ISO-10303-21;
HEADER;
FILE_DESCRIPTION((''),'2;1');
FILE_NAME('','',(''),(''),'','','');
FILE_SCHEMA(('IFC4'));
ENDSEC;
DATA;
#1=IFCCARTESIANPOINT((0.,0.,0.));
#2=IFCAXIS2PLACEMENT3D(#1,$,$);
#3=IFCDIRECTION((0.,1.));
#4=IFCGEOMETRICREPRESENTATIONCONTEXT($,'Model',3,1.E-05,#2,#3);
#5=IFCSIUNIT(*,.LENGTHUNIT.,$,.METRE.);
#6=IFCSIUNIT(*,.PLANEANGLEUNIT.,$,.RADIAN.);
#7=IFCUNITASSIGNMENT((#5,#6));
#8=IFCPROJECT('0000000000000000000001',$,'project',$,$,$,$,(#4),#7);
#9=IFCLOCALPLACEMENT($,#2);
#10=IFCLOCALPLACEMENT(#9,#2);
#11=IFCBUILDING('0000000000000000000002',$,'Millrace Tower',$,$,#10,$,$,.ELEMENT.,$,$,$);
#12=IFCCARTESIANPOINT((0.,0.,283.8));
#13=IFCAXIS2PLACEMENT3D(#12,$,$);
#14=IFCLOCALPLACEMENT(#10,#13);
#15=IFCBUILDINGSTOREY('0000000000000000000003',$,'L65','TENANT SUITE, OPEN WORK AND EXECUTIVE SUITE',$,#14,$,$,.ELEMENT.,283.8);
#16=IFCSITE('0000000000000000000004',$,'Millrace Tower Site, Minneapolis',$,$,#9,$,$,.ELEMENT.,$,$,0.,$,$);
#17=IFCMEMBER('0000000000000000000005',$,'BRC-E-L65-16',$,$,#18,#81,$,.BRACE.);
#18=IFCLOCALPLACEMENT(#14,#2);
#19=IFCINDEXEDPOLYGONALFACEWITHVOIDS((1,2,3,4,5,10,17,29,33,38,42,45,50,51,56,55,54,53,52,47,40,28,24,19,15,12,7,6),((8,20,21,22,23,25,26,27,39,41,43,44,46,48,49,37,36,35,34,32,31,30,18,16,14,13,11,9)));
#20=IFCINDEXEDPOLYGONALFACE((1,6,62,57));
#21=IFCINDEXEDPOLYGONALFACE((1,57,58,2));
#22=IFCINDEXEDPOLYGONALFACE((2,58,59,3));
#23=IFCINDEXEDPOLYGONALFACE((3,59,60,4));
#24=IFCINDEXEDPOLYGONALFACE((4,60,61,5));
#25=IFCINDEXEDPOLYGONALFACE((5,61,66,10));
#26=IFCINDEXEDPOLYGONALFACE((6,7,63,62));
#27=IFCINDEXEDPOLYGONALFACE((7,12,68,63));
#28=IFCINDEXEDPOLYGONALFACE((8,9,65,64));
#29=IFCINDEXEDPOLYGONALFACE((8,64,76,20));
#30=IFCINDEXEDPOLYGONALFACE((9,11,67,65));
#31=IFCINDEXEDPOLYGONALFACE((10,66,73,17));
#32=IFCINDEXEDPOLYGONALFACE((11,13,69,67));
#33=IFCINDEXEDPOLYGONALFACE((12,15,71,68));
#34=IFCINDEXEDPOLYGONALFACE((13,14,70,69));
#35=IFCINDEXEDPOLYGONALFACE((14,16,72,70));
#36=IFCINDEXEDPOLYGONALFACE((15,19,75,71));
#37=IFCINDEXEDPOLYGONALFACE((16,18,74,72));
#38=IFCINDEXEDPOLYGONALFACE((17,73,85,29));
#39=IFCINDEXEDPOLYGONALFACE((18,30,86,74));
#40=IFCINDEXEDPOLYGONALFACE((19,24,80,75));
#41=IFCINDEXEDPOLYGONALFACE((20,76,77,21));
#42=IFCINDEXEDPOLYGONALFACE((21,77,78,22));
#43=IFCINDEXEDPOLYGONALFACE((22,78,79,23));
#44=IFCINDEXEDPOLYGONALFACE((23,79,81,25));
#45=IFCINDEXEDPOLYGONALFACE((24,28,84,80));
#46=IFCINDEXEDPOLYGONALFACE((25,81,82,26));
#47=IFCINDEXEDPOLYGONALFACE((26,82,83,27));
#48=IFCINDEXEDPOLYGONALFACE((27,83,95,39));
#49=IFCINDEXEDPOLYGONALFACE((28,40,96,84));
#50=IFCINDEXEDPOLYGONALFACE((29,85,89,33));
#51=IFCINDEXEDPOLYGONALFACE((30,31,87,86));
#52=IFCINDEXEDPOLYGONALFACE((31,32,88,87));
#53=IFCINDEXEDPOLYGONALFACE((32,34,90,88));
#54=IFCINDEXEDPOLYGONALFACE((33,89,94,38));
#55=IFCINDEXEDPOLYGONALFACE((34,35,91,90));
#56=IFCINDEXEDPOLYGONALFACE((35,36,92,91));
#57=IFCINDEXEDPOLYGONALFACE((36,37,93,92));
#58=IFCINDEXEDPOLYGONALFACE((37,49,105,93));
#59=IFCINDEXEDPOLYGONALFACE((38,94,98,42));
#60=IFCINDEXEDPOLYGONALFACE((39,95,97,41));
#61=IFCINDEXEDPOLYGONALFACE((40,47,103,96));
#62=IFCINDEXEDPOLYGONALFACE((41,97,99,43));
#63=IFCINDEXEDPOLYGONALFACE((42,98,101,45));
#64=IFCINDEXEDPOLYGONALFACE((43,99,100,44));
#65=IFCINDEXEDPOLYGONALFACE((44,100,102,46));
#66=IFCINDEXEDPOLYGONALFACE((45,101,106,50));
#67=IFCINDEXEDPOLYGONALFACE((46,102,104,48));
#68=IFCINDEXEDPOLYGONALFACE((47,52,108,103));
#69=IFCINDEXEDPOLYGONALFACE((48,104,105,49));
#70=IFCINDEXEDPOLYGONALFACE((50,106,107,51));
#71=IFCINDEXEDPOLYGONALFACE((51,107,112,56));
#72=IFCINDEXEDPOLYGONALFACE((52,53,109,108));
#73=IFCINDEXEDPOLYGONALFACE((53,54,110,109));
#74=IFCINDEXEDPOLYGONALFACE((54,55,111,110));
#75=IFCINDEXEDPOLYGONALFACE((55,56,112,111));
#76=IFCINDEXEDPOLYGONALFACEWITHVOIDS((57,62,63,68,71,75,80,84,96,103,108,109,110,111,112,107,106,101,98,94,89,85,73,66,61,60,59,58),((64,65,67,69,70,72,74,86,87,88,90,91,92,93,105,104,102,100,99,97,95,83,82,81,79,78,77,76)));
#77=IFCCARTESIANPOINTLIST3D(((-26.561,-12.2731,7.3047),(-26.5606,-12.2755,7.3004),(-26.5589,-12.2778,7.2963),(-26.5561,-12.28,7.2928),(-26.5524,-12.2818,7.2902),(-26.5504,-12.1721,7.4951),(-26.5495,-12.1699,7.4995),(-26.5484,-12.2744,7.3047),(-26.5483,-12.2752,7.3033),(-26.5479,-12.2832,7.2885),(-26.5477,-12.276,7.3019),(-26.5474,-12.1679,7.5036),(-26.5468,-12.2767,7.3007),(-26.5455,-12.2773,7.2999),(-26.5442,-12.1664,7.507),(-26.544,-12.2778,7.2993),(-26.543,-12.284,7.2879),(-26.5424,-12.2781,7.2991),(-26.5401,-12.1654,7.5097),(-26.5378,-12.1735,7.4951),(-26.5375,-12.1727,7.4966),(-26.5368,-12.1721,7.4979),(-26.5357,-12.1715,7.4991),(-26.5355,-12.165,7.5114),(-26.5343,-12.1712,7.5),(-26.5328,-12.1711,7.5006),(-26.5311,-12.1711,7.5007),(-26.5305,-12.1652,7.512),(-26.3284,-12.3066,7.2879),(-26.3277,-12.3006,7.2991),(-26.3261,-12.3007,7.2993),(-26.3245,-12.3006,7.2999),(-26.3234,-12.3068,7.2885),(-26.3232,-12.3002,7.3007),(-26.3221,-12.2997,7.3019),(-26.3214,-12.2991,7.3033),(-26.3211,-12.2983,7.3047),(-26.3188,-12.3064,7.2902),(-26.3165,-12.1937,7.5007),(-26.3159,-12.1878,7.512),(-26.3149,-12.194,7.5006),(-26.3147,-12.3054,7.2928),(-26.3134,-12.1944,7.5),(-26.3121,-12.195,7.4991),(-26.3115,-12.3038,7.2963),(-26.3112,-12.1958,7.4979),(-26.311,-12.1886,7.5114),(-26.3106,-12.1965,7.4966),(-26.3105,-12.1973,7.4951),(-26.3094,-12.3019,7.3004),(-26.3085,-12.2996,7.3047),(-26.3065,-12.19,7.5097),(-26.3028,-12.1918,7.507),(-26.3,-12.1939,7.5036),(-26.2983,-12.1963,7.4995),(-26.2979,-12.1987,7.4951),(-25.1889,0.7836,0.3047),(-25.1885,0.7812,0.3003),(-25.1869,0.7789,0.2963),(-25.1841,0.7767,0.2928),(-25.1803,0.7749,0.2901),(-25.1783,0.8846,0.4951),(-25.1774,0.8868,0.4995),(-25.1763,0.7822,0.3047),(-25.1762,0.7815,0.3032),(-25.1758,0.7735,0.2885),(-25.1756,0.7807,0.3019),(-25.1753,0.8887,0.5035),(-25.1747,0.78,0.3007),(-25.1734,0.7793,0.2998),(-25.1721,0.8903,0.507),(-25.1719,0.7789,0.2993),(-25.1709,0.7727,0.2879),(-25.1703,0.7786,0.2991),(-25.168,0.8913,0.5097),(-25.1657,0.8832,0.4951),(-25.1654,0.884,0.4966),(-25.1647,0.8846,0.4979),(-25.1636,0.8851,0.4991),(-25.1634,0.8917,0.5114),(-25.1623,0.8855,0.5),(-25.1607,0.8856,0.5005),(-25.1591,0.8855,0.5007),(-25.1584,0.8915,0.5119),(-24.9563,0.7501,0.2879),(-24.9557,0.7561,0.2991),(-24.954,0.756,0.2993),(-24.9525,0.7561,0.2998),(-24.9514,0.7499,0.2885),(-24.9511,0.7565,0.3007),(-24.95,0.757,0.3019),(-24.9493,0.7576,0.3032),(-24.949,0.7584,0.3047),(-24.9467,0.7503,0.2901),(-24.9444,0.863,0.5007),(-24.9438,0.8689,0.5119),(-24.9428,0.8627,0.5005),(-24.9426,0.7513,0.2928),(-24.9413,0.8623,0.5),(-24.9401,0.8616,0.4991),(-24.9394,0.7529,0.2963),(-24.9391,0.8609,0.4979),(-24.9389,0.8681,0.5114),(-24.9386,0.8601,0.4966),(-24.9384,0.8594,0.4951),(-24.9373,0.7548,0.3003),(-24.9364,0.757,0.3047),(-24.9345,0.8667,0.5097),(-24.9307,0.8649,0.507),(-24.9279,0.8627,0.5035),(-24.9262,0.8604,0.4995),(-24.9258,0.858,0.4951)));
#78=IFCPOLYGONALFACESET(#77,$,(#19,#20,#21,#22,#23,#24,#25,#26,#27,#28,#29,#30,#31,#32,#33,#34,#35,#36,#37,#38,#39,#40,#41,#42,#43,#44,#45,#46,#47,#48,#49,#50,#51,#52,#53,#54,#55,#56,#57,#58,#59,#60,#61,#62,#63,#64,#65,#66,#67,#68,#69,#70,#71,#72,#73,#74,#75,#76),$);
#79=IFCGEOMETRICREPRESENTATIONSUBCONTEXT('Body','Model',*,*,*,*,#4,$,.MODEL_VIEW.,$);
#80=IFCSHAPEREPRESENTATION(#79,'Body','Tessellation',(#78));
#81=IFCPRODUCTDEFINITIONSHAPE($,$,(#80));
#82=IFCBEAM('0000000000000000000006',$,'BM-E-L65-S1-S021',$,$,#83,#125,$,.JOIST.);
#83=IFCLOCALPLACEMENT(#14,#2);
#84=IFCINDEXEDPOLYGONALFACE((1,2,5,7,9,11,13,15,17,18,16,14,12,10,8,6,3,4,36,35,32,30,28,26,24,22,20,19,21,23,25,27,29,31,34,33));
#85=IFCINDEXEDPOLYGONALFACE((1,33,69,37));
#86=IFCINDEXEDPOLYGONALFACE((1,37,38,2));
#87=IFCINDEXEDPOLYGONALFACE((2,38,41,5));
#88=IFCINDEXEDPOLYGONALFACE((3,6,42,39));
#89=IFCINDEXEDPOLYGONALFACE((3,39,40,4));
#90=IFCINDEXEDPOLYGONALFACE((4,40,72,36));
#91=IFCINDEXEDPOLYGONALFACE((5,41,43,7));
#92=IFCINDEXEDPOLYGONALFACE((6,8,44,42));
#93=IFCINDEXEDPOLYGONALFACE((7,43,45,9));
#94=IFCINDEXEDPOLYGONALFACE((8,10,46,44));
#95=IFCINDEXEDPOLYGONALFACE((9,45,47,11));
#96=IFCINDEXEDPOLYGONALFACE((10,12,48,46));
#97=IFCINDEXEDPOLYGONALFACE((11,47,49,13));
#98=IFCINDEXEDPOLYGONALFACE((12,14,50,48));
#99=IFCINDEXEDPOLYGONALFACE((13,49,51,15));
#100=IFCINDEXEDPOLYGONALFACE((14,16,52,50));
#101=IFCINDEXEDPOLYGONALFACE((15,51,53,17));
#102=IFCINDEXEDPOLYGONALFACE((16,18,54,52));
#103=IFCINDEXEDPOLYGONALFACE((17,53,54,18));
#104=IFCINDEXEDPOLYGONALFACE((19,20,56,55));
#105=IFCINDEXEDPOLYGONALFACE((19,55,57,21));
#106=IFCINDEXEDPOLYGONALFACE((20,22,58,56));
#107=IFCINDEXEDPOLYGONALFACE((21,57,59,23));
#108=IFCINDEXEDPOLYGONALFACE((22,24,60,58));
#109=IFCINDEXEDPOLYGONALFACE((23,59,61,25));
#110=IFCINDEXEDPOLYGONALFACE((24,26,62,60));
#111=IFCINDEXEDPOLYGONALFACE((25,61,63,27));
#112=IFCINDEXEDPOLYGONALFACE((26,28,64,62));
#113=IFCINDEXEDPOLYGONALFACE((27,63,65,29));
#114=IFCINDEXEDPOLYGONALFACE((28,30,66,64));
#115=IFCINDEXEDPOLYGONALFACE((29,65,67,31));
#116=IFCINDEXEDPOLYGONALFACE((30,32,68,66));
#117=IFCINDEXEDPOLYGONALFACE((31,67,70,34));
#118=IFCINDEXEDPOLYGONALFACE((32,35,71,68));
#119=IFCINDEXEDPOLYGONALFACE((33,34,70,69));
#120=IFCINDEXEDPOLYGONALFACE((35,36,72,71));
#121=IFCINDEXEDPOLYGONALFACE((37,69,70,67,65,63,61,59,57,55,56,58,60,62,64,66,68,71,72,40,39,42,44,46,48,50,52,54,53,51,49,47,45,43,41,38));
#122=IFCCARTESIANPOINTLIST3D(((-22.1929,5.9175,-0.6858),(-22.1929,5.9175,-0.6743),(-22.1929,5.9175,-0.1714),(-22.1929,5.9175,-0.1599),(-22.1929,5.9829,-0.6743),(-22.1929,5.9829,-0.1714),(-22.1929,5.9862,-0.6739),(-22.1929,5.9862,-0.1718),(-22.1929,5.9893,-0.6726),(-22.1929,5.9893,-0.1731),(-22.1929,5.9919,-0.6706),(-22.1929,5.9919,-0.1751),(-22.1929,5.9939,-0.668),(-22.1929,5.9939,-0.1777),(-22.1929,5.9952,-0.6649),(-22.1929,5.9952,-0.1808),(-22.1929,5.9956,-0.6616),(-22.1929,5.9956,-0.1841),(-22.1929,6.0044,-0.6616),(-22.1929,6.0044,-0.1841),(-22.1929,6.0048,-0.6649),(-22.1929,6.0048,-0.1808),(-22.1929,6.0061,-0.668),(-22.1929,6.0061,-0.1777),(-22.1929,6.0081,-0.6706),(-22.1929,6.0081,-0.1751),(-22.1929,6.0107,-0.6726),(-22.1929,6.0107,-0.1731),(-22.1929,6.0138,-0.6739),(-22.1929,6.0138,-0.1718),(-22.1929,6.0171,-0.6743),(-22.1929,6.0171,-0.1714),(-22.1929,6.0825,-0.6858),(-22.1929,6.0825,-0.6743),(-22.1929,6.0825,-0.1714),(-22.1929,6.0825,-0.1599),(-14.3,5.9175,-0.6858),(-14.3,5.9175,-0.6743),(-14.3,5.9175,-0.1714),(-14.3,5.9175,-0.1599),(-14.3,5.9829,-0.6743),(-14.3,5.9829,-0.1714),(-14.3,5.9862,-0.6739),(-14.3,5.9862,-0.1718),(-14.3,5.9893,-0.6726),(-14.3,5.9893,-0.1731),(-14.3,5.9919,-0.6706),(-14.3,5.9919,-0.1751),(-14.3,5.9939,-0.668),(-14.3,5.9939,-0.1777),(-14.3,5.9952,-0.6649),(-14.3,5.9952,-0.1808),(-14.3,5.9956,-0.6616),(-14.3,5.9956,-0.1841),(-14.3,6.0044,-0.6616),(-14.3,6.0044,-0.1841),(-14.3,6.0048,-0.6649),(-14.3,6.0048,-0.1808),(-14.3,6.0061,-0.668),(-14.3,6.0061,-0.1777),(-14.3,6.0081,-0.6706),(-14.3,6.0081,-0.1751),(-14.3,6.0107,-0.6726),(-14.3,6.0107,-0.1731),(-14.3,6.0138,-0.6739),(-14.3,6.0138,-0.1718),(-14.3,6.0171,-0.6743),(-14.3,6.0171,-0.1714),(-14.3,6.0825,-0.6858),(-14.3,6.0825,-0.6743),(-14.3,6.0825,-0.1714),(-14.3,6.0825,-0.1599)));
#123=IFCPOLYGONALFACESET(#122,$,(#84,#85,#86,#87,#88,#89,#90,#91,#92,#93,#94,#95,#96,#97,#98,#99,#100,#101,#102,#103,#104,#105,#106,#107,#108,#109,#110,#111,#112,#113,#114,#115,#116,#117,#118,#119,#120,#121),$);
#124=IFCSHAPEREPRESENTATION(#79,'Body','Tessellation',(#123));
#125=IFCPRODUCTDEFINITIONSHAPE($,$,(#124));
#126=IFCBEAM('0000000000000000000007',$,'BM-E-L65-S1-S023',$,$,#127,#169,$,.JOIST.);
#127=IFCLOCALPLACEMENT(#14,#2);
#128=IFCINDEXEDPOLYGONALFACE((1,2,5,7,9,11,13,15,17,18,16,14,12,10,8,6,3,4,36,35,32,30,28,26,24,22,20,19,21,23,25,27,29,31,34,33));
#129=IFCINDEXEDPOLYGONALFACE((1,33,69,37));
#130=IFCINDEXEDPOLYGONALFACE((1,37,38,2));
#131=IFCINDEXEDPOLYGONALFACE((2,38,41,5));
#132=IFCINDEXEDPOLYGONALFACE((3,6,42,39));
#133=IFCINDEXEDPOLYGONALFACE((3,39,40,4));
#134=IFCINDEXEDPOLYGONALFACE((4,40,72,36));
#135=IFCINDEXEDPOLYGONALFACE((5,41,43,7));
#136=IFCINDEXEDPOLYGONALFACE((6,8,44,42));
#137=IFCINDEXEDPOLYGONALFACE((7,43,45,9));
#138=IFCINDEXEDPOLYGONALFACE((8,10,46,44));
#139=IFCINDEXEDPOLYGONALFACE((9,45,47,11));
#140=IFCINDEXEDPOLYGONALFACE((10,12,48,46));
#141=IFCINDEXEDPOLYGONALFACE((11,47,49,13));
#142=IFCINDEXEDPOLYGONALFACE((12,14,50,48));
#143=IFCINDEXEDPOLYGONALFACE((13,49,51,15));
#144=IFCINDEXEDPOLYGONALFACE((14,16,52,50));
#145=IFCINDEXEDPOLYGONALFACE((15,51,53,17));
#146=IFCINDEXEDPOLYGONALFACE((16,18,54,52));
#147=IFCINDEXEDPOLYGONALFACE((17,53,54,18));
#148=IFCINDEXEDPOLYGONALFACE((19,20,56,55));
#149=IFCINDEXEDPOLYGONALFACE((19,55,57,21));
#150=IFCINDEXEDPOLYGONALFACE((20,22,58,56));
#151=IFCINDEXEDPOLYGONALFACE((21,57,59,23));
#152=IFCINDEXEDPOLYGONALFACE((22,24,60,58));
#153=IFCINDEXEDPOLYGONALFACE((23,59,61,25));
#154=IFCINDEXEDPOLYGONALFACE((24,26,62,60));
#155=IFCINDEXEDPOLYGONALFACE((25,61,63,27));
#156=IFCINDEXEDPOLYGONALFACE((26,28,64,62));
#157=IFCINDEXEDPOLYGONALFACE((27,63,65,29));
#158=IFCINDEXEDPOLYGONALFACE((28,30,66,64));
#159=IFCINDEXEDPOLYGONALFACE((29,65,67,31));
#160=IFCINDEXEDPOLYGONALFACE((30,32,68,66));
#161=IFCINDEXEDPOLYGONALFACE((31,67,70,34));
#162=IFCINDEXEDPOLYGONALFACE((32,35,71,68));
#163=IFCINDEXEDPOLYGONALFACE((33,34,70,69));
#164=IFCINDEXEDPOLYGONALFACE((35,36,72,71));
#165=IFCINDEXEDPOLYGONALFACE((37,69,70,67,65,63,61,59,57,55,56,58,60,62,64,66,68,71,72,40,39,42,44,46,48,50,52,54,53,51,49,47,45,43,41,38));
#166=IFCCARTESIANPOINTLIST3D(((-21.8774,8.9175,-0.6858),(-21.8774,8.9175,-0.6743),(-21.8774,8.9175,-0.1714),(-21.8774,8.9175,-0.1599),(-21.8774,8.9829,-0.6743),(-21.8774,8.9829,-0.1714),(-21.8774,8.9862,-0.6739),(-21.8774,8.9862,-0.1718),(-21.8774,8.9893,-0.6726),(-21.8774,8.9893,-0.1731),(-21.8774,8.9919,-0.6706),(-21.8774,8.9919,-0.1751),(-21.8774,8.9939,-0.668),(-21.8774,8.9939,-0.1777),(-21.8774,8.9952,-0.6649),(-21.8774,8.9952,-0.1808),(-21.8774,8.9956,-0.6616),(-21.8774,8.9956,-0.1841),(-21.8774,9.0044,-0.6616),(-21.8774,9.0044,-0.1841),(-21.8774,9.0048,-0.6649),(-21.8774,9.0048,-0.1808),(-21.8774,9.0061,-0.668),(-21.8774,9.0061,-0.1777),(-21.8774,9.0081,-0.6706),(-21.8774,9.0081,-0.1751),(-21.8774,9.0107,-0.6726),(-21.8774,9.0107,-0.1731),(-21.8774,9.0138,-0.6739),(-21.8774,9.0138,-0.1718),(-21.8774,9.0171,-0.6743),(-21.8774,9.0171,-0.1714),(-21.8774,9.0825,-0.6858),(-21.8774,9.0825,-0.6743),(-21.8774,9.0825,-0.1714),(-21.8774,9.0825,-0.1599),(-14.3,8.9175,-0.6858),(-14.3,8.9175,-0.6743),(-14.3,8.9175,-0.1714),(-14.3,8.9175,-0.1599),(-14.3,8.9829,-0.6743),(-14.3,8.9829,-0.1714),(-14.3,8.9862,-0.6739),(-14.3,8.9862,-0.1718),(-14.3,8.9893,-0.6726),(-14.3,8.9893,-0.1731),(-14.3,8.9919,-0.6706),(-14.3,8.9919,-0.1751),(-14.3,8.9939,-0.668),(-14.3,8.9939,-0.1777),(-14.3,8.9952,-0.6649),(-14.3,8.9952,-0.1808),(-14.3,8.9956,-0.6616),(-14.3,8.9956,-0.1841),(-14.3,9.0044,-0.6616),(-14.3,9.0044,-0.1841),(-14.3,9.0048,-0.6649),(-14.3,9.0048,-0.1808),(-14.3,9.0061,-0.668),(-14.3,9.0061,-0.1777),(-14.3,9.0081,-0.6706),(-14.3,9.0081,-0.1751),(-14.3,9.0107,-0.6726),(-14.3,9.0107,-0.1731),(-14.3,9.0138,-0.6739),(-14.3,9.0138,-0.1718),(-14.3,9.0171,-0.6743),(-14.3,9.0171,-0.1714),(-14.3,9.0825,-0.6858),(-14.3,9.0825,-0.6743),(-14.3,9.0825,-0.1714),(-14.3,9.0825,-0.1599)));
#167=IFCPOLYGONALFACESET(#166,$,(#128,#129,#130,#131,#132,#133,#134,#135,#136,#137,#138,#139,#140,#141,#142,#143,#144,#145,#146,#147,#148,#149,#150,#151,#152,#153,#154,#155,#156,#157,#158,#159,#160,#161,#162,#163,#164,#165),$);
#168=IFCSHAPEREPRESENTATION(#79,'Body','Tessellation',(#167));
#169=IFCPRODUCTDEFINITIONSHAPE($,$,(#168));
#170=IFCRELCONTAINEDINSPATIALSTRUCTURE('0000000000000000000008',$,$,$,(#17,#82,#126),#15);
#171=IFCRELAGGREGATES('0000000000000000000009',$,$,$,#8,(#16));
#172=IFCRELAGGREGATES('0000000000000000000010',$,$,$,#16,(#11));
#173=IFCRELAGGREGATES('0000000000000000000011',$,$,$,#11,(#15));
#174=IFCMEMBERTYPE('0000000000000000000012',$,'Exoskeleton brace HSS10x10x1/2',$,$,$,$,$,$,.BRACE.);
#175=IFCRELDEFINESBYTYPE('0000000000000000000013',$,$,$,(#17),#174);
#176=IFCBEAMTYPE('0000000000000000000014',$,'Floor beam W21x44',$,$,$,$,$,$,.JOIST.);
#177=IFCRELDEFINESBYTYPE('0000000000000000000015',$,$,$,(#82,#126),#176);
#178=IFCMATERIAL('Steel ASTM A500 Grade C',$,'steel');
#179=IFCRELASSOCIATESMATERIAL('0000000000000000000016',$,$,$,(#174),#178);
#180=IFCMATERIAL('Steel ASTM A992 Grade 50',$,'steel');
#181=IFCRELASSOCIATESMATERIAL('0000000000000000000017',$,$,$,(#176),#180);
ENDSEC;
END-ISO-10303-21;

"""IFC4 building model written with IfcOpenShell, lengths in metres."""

from ifc_helpers import new_model, si_unit, direction, frame, origin, origin_2d, place, context, subcontext, project, spatial, hollow_rectangle, i_section, extrude, material, material_profile, profile_set, type_object, element, save


model = new_model("IFC4")

# Units and contexts
model_context = context("Model", 3, precision=1e-05, world=origin(), true_north=direction((0.0, 1.0)))
body_context = subcontext(model_context, "Body", "Model", "MODEL_VIEW")
ifc_project = project(units=[si_unit("LENGTHUNIT", "METRE"), si_unit("PLANEANGLEUNIT", "RADIAN")], contexts=[model_context])

# Site, building, storey
site_placement = place(None, origin())
site = spatial("IfcSite", under=ifc_project, at=site_placement, Name="Millrace Tower Site, Minneapolis", CompositionType="ELEMENT", RefElevation=0.0)
building_placement = place(site_placement, origin())
building = spatial("IfcBuilding", under=site, at=building_placement, Name="Millrace Tower", CompositionType="ELEMENT")
storey_placement = place(building_placement, frame((0.0, 0.0, 283.8)))
storey = spatial("IfcBuildingStorey", under=building, at=storey_placement, Name="L65", Description="TENANT SUITE, OPEN WORK AND EXECUTIVE SUITE", CompositionType="ELEMENT", Elevation=283.8)

# Member
ifc_material_1 = material(Name="Steel ASTM A500 Grade C", Category="steel")
ifc_material_profile_1 = material_profile(ifc_material_1, hollow_rectangle(XDim=0.2539, YDim=0.2539, WallThickness=0.0127, InnerFilletRadius=0.0063, OuterFilletRadius=0.019, at=origin_2d()))
ifc_profile_set_1 = profile_set([ifc_material_profile_1], Name="Steel ASTM A500 Grade C")
member_type_1 = type_object("IfcMemberType", Name="Exoskeleton brace HSS10x10x1/2", PredefinedType="BRACE", material=ifc_profile_set_1)
member_1_placement = place(storey_placement, frame((-25.0574, 0.8208, 0.3999), z_axis=(-0.092221, -0.877573, 0.47049), x_axis=(0.994524, -0.104511, 0.0)))
element("IfcMember", 1, at=member_1_placement, inside=storey, type_object=member_type_1, Name="BRC-E-L65-16", PredefinedType="BRACE", context=body_context, shape_type="SweptSolid", body=[
    extrude(hollow_rectangle(XDim=0.2539, YDim=0.2539, WallThickness=0.0127, InnerFilletRadius=0.0063, OuterFilletRadius=0.019, at=origin_2d()), origin(), (0.0, 0.0, 1.0), 14.8782),
])

# Beams
ifc_material_2 = material(Name="Steel ASTM A992 Grade 50", Category="steel")
ifc_material_profile_2 = material_profile(ifc_material_2, i_section(OverallWidth=0.165, OverallDepth=0.5259, WebThickness=0.0088, FlangeThickness=0.0115, FilletRadius=0.0127, at=origin_2d()))
ifc_profile_set_2 = profile_set([ifc_material_profile_2], Name="Steel ASTM A992 Grade 50")
beam_type_1 = type_object("IfcBeamType", Name="Floor beam W21x44", PredefinedType="JOIST", material=ifc_profile_set_2)
beam_1_placement = place(storey_placement, frame((-22.1929, 6.0, -0.4229), z_axis=(1.0, 0.0, 0.0), x_axis=(0.0, 1.0, 0.0)))
element("IfcBeam", 2, at=beam_1_placement, inside=storey, type_object=beam_type_1, Name="BM-E-L65-S1-S021", PredefinedType="JOIST", context=body_context, shape_type="SweptSolid", body=[
    extrude(i_section(OverallWidth=0.165, OverallDepth=0.5259, WebThickness=0.0088, FlangeThickness=0.0115, FilletRadius=0.0127, at=origin_2d()), origin(), (0.0, 0.0, 1.0), 7.8928),
])
beam_2_placement = place(storey_placement, frame((-21.8774, 9.0, -0.4229), z_axis=(1.0, 0.0, 0.0), x_axis=(0.0, 1.0, 0.0)))
element("IfcBeam", 3, at=beam_2_placement, inside=storey, type_object=beam_type_1, Name="BM-E-L65-S1-S023", PredefinedType="JOIST", context=body_context, shape_type="SweptSolid", body=[
    extrude(i_section(OverallWidth=0.165, OverallDepth=0.5259, WebThickness=0.0088, FlangeThickness=0.0115, FilletRadius=0.0127, at=origin_2d()), origin(), (0.0, 0.0, 1.0), 7.5774),
])

save(model, "model.ifc")
